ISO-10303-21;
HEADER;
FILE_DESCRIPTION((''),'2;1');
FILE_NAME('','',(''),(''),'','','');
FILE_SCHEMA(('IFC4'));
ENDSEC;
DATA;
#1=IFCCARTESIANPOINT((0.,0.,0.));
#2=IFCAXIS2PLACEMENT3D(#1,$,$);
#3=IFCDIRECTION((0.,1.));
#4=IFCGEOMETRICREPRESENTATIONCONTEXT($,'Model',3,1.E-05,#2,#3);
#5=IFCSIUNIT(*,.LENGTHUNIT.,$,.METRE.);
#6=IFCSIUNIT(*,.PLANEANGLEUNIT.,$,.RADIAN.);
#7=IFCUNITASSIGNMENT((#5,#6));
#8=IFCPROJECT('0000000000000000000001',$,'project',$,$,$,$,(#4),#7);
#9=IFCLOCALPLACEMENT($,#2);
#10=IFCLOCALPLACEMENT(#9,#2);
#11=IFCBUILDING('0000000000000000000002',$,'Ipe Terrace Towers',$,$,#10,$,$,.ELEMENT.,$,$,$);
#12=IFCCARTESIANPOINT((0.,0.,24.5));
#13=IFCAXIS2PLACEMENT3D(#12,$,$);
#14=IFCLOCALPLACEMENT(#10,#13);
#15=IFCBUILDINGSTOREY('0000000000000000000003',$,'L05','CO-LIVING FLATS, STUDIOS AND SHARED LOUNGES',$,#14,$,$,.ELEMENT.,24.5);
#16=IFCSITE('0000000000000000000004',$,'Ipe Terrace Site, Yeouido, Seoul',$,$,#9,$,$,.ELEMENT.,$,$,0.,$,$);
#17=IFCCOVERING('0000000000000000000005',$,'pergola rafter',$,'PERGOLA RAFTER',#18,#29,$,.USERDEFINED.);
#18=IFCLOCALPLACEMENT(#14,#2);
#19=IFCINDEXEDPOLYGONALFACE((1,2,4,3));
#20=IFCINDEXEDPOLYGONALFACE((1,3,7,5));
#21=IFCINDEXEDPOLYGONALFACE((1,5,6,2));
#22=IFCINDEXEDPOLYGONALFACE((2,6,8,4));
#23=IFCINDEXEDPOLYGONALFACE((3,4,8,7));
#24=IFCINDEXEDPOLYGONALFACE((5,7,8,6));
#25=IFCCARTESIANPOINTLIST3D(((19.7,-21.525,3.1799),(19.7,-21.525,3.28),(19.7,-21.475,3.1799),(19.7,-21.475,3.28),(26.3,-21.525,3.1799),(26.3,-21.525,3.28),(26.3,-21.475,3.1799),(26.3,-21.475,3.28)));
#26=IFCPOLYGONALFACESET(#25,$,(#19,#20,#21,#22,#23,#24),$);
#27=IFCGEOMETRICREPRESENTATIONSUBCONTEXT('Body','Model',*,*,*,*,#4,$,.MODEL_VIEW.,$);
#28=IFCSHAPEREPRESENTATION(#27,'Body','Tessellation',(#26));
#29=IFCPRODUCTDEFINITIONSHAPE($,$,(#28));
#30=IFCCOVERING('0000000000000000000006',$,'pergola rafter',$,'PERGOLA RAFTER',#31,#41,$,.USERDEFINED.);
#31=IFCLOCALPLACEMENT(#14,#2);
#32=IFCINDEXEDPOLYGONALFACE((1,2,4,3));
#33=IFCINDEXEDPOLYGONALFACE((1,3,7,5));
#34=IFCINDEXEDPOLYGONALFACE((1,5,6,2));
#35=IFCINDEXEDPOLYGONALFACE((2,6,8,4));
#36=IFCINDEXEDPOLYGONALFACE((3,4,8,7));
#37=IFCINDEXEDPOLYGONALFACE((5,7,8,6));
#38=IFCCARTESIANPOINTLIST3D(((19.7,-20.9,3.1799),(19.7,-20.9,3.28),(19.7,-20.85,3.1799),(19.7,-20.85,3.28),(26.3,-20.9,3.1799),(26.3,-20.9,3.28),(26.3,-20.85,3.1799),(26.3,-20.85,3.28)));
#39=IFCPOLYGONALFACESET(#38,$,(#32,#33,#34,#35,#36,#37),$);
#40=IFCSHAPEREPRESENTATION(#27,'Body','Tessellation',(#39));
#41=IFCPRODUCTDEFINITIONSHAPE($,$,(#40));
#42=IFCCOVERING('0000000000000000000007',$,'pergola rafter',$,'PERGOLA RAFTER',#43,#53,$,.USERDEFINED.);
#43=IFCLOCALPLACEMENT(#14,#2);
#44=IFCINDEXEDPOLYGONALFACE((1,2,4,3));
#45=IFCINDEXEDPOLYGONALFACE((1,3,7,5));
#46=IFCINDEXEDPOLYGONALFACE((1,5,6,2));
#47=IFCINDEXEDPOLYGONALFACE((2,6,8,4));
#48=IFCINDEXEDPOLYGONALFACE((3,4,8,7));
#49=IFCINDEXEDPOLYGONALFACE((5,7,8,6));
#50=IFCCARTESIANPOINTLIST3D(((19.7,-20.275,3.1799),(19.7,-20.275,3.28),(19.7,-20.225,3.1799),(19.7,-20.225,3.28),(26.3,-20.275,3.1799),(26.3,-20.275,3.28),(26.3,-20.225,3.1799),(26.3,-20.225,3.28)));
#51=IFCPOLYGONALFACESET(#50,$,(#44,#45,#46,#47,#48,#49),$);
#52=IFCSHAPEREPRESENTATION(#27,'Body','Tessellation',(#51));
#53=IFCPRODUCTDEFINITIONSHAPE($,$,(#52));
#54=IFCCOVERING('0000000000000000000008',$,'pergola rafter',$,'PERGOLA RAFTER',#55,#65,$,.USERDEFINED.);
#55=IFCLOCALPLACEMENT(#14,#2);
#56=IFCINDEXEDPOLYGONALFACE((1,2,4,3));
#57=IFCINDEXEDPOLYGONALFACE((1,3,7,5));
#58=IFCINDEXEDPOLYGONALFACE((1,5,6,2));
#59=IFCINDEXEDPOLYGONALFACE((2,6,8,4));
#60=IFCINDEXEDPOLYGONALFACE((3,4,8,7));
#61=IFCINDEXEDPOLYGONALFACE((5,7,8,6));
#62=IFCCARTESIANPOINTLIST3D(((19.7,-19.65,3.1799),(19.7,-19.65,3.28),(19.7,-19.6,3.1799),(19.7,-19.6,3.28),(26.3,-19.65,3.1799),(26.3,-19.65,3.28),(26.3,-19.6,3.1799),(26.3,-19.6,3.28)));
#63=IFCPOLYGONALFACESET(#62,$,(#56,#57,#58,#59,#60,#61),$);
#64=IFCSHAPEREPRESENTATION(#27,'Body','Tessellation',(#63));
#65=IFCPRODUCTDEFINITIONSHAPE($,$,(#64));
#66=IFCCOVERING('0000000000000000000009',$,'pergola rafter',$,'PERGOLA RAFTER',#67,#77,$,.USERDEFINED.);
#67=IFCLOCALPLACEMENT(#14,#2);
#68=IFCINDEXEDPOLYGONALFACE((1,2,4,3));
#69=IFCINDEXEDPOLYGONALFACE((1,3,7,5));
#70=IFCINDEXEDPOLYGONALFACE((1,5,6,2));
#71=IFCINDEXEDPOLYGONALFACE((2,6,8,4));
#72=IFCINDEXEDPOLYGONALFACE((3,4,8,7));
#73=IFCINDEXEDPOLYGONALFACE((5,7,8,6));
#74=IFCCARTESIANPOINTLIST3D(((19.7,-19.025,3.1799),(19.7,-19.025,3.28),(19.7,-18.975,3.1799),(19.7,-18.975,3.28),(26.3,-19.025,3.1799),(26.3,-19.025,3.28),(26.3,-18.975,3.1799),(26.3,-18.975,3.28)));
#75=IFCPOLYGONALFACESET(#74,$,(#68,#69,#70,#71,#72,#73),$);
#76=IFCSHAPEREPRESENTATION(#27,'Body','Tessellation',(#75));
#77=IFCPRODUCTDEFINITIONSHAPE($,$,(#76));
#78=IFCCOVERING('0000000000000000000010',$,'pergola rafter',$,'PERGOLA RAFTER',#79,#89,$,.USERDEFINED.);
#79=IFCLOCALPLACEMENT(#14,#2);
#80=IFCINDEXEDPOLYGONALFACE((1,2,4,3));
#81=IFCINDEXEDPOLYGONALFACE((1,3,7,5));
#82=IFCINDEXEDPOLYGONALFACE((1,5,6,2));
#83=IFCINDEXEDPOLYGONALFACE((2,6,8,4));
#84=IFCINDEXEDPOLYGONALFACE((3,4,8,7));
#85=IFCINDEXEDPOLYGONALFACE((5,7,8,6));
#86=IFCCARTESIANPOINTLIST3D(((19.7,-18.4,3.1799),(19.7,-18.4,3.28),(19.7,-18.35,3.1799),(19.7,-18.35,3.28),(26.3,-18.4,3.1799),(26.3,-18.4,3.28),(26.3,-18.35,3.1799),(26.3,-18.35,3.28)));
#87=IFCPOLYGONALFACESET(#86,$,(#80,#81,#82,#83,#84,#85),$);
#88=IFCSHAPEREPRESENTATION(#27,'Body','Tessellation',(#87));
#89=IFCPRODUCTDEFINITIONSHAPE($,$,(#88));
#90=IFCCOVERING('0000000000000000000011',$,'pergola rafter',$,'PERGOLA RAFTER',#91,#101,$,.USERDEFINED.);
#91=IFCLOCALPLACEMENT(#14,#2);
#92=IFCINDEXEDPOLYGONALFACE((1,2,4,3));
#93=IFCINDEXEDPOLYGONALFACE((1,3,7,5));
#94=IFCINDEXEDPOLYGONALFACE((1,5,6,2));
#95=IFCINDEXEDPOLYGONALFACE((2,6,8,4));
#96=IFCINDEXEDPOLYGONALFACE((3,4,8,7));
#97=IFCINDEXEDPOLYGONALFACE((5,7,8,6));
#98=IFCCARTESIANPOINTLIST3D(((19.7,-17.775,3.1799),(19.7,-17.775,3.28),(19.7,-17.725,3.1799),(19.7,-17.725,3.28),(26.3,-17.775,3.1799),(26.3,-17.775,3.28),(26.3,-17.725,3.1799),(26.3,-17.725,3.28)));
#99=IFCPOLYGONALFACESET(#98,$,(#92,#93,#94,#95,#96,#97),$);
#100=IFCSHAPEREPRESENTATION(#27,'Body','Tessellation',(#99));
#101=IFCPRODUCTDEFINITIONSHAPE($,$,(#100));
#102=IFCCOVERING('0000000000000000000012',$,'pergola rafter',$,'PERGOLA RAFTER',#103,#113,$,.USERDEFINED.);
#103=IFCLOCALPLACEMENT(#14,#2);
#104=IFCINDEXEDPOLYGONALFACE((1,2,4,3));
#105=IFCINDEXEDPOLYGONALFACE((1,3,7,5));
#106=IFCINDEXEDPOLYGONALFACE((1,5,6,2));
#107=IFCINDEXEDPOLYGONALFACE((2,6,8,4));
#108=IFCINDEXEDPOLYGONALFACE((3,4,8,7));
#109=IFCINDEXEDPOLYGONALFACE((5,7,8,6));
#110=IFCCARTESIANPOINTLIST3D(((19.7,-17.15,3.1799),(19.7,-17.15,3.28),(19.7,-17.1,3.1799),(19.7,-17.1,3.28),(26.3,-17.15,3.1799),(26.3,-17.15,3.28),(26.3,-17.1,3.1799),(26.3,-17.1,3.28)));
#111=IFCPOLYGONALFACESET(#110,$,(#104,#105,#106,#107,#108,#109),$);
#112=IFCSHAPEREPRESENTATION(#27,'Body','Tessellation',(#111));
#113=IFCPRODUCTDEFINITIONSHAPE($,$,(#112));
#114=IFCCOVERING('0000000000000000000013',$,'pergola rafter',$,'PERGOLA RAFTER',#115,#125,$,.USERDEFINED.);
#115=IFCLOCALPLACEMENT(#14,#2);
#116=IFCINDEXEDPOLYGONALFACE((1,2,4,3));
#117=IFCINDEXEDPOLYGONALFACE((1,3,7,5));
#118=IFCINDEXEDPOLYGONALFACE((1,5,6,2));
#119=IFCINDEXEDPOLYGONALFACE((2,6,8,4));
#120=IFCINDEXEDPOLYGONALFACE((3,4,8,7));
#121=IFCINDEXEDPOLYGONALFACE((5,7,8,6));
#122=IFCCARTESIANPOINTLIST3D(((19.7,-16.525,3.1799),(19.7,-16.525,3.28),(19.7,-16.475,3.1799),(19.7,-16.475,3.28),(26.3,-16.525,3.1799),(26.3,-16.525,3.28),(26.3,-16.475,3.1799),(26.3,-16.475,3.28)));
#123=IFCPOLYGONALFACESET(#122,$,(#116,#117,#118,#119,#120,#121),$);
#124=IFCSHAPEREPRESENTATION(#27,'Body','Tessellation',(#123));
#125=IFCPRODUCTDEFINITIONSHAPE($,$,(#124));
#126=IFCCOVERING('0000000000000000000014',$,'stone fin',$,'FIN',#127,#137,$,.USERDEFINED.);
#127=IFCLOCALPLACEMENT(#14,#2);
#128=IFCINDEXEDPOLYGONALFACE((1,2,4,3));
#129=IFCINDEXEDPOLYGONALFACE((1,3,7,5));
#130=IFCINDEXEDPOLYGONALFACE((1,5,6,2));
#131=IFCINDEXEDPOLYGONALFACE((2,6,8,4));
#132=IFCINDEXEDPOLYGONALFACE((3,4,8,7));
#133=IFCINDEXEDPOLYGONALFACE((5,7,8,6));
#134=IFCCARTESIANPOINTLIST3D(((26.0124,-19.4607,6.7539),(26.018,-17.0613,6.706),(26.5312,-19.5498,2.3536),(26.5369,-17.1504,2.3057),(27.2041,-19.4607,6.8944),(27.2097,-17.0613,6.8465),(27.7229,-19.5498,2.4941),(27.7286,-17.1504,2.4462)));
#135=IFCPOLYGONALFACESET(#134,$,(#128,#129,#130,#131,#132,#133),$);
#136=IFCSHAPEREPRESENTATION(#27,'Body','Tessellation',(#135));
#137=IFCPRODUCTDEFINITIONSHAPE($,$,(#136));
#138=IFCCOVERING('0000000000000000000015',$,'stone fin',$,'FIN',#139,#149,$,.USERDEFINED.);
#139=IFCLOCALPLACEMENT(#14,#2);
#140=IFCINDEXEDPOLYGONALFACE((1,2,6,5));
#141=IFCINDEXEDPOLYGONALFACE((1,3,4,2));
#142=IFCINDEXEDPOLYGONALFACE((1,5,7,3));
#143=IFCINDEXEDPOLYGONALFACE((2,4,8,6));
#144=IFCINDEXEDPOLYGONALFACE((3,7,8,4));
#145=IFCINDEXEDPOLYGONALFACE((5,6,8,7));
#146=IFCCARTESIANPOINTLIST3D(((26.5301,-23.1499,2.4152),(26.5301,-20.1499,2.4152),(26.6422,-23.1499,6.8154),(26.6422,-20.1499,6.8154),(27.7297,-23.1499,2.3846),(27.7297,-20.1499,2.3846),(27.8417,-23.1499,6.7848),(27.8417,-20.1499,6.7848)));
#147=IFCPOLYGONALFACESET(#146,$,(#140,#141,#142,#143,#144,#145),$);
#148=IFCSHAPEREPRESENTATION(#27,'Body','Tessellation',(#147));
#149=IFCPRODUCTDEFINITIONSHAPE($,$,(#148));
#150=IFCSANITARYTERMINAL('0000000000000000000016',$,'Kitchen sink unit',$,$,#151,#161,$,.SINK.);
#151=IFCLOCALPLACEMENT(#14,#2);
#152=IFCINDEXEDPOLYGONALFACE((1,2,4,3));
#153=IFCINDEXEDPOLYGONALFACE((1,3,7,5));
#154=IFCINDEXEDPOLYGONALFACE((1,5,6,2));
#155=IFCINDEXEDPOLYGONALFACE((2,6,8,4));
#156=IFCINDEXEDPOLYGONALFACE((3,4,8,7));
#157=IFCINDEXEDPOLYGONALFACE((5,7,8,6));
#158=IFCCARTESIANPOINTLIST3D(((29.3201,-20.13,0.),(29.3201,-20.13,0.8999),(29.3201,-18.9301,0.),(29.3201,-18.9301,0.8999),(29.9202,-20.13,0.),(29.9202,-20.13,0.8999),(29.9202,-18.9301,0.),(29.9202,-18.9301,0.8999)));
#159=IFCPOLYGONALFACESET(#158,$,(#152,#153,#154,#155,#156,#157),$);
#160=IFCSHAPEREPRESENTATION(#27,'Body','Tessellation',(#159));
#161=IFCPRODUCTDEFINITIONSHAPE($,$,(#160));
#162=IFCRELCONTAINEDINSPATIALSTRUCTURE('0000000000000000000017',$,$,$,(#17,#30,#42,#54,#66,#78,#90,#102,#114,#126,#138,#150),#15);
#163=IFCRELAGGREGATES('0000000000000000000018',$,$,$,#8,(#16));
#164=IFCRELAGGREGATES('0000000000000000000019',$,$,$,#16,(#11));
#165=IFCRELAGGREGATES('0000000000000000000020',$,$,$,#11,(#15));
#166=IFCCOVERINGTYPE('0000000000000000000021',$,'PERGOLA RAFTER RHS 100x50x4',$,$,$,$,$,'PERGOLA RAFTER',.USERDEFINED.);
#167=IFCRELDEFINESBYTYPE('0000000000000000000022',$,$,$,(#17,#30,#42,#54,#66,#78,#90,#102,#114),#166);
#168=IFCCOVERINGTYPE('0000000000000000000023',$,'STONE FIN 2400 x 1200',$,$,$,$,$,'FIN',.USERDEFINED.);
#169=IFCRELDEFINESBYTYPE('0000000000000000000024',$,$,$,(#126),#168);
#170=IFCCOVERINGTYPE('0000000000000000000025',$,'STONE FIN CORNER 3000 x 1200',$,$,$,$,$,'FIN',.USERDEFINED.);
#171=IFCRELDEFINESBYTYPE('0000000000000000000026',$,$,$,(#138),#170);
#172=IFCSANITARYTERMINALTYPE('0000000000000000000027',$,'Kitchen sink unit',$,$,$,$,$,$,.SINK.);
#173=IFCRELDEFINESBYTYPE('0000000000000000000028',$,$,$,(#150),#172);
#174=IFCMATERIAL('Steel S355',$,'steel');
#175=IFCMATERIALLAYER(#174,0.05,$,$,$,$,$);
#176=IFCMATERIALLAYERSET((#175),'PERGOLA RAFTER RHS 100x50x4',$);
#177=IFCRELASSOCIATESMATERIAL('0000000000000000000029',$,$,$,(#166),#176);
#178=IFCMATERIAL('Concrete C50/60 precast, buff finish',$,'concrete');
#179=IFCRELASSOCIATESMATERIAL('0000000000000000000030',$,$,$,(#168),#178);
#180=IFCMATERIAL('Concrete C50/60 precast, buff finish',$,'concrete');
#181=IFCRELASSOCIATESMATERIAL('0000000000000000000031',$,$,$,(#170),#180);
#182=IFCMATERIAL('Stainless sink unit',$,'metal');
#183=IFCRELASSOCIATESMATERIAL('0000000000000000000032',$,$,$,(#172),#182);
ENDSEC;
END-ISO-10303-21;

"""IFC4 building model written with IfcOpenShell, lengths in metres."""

from ifc_helpers import new_model, si_unit, direction, frame, origin, origin_2d, place, context, subcontext, project, spatial, rectangle, extrude, material, layer, layer_set, material_profile, profile_set, type_object, element, save


model = new_model("IFC4")

# Units and contexts
model_context = context("Model", 3, precision=1e-05, world=origin(), true_north=direction((0.0, 1.0)))
body_context = subcontext(model_context, "Body", "Model", "MODEL_VIEW")
ifc_project = project(units=[si_unit("LENGTHUNIT", "METRE"), si_unit("PLANEANGLEUNIT", "RADIAN")], contexts=[model_context])

# Site, building, storey
site_placement = place(None, origin())
site = spatial("IfcSite", under=ifc_project, at=site_placement, Name="Ipe Terrace Site, Yeouido, Seoul", CompositionType="ELEMENT", RefElevation=0.0)
building_placement = place(site_placement, origin())
building = spatial("IfcBuilding", under=site, at=building_placement, Name="Ipe Terrace Towers", CompositionType="ELEMENT")
storey_placement = place(building_placement, frame((0.0, 0.0, 24.5)))
storey = spatial("IfcBuildingStorey", under=building, at=storey_placement, Name="L05", Description="CO-LIVING FLATS, STUDIOS AND SHARED LOUNGES", CompositionType="ELEMENT", Elevation=24.5)

# Coverings
ifc_material_1 = material(Name="Steel S355", Category="steel")
ifc_layer_1 = layer(ifc_material_1, 0.05)
ifc_layer_set_1 = layer_set([ifc_layer_1], Name="PERGOLA RAFTER RHS 100x50x4")
covering_type_1 = type_object("IfcCoveringType", Name="PERGOLA RAFTER RHS 100x50x4", ElementType="PERGOLA RAFTER", PredefinedType="USERDEFINED", material=ifc_layer_set_1)
for number, where, z_axis, x_axis, name in (
    (1, (23.0, -21.5, 3.1799), (0.0, 0.0, 1.0), (1.0, 0.0, 0.0), "pergola rafter"),
    (2, (23.0, -20.875, 3.1799), (0.0, 0.0, 1.0), (1.0, 0.0, 0.0), "pergola rafter"),
    (3, (23.0, -20.25, 3.1799), (0.0, 0.0, 1.0), (1.0, 0.0, 0.0), "pergola rafter"),
    (4, (23.0, -19.625, 3.1799), (0.0, 0.0, 1.0), (1.0, 0.0, 0.0), "pergola rafter"),
    (5, (23.0, -19.0, 3.1799), (0.0, 0.0, 1.0), (1.0, 0.0, 0.0), "pergola rafter"),
    (6, (23.0, -18.375, 3.1799), (0.0, 0.0, 1.0), (1.0, 0.0, 0.0), "pergola rafter"),
    (7, (23.0, -17.75, 3.1799), (0.0, 0.0, 1.0), (1.0, 0.0, 0.0), "pergola rafter"),
    (8, (23.0, -17.125, 3.1799), (0.0, 0.0, 1.0), (1.0, 0.0, 0.0), "pergola rafter"),
    (9, (23.0, -16.5, 3.1799), (0.0, 0.0, 1.0), (1.0, 0.0, 0.0), "pergola rafter"),
):
    element("IfcCovering", number, at=place(storey_placement, frame(where, z_axis=z_axis, x_axis=x_axis)), inside=storey, type_object=covering_type_1, Name=name, ObjectType="PERGOLA RAFTER", PredefinedType="USERDEFINED", context=body_context, shape_type="SweptSolid", body=[
        extrude(rectangle(XDim=6.6001, YDim=0.05, at=origin_2d()), origin(), (0.0, 0.0, 1.0), 0.1001),
    ])
ifc_material_2 = material(Name="Concrete C50/60 precast, buff finish", Category="concrete")
ifc_material_profile_1 = material_profile(ifc_material_2, rectangle(XDim=2.3999, YDim=1.2, at=origin_2d()), Name="STONE FIN 2400 x 1200")
ifc_profile_set_1 = profile_set([ifc_material_profile_1], Name="Concrete C50/60 precast, buff finish")
covering_type_2 = type_object("IfcCoveringType", Name="STONE FIN 2400 x 1200", ElementType="FIN", PredefinedType="USERDEFINED", material=ifc_profile_set_1)
covering_1_placement = place(storey_placement, frame((27.1299, -18.3501, 2.3999), z_axis=(-0.11707, 0.020109, 0.99292), x_axis=(-0.002355, -0.999798, 0.01997)))
element("IfcCovering", 10, at=covering_1_placement, inside=storey, type_object=covering_type_2, Name="stone fin", ObjectType="FIN", PredefinedType="USERDEFINED", context=body_context, shape_type="SweptSolid", body=[
    extrude(rectangle(XDim=2.3999, YDim=1.2, at=origin_2d()), origin(), (0.0, 0.0, 1.0), 4.4316),
])
ifc_material_3 = material(Name="Concrete C50/60 precast, buff finish", Category="concrete")
ifc_material_profile_2 = material_profile(ifc_material_3, rectangle(XDim=3.0, YDim=1.2, at=origin_2d()), Name="STONE FIN CORNER 3000 x 1200")
ifc_profile_set_2 = profile_set([ifc_material_profile_2], Name="Concrete C50/60 precast, buff finish")
covering_type_3 = type_object("IfcCoveringType", Name="STONE FIN CORNER 3000 x 1200", ElementType="FIN", PredefinedType="USERDEFINED", material=ifc_profile_set_2)
covering_2_placement = place(storey_placement, frame((27.1299, -21.6499, 2.3999), z_axis=(0.025459, 0.0, 0.999676), x_axis=(0.0, -1.0, 0.0)))
element("IfcCovering", 11, at=covering_2_placement, inside=storey, type_object=covering_type_3, Name="stone fin", ObjectType="FIN", PredefinedType="USERDEFINED", context=body_context, shape_type="SweptSolid", body=[
    extrude(rectangle(XDim=3.0, YDim=1.2, at=origin_2d()), origin(), (0.0, 0.0, 1.0), 4.4016),
])

# Sanitary terminal
ifc_material_4 = material(Name="Stainless sink unit", Category="metal")
sanitary_terminal_type = type_object("IfcSanitaryTerminalType", Name="Kitchen sink unit", PredefinedType="SINK", material=ifc_material_4)
sanitary_terminal_placement = place(storey_placement, frame((29.6201, -19.53, 0.0), z_axis=(0.0, 0.0, 1.0), x_axis=(0.0, 1.0, 0.0)))
element("IfcSanitaryTerminal", 12, at=sanitary_terminal_placement, inside=storey, type_object=sanitary_terminal_type, Name="Kitchen sink unit", PredefinedType="SINK", context=body_context, shape_type="SweptSolid", body=[
    extrude(rectangle(XDim=1.2, YDim=0.6001, at=origin_2d()), origin(), (0.0, 0.0, 1.0), 0.8999),
])

save(model, "model.ifc")
